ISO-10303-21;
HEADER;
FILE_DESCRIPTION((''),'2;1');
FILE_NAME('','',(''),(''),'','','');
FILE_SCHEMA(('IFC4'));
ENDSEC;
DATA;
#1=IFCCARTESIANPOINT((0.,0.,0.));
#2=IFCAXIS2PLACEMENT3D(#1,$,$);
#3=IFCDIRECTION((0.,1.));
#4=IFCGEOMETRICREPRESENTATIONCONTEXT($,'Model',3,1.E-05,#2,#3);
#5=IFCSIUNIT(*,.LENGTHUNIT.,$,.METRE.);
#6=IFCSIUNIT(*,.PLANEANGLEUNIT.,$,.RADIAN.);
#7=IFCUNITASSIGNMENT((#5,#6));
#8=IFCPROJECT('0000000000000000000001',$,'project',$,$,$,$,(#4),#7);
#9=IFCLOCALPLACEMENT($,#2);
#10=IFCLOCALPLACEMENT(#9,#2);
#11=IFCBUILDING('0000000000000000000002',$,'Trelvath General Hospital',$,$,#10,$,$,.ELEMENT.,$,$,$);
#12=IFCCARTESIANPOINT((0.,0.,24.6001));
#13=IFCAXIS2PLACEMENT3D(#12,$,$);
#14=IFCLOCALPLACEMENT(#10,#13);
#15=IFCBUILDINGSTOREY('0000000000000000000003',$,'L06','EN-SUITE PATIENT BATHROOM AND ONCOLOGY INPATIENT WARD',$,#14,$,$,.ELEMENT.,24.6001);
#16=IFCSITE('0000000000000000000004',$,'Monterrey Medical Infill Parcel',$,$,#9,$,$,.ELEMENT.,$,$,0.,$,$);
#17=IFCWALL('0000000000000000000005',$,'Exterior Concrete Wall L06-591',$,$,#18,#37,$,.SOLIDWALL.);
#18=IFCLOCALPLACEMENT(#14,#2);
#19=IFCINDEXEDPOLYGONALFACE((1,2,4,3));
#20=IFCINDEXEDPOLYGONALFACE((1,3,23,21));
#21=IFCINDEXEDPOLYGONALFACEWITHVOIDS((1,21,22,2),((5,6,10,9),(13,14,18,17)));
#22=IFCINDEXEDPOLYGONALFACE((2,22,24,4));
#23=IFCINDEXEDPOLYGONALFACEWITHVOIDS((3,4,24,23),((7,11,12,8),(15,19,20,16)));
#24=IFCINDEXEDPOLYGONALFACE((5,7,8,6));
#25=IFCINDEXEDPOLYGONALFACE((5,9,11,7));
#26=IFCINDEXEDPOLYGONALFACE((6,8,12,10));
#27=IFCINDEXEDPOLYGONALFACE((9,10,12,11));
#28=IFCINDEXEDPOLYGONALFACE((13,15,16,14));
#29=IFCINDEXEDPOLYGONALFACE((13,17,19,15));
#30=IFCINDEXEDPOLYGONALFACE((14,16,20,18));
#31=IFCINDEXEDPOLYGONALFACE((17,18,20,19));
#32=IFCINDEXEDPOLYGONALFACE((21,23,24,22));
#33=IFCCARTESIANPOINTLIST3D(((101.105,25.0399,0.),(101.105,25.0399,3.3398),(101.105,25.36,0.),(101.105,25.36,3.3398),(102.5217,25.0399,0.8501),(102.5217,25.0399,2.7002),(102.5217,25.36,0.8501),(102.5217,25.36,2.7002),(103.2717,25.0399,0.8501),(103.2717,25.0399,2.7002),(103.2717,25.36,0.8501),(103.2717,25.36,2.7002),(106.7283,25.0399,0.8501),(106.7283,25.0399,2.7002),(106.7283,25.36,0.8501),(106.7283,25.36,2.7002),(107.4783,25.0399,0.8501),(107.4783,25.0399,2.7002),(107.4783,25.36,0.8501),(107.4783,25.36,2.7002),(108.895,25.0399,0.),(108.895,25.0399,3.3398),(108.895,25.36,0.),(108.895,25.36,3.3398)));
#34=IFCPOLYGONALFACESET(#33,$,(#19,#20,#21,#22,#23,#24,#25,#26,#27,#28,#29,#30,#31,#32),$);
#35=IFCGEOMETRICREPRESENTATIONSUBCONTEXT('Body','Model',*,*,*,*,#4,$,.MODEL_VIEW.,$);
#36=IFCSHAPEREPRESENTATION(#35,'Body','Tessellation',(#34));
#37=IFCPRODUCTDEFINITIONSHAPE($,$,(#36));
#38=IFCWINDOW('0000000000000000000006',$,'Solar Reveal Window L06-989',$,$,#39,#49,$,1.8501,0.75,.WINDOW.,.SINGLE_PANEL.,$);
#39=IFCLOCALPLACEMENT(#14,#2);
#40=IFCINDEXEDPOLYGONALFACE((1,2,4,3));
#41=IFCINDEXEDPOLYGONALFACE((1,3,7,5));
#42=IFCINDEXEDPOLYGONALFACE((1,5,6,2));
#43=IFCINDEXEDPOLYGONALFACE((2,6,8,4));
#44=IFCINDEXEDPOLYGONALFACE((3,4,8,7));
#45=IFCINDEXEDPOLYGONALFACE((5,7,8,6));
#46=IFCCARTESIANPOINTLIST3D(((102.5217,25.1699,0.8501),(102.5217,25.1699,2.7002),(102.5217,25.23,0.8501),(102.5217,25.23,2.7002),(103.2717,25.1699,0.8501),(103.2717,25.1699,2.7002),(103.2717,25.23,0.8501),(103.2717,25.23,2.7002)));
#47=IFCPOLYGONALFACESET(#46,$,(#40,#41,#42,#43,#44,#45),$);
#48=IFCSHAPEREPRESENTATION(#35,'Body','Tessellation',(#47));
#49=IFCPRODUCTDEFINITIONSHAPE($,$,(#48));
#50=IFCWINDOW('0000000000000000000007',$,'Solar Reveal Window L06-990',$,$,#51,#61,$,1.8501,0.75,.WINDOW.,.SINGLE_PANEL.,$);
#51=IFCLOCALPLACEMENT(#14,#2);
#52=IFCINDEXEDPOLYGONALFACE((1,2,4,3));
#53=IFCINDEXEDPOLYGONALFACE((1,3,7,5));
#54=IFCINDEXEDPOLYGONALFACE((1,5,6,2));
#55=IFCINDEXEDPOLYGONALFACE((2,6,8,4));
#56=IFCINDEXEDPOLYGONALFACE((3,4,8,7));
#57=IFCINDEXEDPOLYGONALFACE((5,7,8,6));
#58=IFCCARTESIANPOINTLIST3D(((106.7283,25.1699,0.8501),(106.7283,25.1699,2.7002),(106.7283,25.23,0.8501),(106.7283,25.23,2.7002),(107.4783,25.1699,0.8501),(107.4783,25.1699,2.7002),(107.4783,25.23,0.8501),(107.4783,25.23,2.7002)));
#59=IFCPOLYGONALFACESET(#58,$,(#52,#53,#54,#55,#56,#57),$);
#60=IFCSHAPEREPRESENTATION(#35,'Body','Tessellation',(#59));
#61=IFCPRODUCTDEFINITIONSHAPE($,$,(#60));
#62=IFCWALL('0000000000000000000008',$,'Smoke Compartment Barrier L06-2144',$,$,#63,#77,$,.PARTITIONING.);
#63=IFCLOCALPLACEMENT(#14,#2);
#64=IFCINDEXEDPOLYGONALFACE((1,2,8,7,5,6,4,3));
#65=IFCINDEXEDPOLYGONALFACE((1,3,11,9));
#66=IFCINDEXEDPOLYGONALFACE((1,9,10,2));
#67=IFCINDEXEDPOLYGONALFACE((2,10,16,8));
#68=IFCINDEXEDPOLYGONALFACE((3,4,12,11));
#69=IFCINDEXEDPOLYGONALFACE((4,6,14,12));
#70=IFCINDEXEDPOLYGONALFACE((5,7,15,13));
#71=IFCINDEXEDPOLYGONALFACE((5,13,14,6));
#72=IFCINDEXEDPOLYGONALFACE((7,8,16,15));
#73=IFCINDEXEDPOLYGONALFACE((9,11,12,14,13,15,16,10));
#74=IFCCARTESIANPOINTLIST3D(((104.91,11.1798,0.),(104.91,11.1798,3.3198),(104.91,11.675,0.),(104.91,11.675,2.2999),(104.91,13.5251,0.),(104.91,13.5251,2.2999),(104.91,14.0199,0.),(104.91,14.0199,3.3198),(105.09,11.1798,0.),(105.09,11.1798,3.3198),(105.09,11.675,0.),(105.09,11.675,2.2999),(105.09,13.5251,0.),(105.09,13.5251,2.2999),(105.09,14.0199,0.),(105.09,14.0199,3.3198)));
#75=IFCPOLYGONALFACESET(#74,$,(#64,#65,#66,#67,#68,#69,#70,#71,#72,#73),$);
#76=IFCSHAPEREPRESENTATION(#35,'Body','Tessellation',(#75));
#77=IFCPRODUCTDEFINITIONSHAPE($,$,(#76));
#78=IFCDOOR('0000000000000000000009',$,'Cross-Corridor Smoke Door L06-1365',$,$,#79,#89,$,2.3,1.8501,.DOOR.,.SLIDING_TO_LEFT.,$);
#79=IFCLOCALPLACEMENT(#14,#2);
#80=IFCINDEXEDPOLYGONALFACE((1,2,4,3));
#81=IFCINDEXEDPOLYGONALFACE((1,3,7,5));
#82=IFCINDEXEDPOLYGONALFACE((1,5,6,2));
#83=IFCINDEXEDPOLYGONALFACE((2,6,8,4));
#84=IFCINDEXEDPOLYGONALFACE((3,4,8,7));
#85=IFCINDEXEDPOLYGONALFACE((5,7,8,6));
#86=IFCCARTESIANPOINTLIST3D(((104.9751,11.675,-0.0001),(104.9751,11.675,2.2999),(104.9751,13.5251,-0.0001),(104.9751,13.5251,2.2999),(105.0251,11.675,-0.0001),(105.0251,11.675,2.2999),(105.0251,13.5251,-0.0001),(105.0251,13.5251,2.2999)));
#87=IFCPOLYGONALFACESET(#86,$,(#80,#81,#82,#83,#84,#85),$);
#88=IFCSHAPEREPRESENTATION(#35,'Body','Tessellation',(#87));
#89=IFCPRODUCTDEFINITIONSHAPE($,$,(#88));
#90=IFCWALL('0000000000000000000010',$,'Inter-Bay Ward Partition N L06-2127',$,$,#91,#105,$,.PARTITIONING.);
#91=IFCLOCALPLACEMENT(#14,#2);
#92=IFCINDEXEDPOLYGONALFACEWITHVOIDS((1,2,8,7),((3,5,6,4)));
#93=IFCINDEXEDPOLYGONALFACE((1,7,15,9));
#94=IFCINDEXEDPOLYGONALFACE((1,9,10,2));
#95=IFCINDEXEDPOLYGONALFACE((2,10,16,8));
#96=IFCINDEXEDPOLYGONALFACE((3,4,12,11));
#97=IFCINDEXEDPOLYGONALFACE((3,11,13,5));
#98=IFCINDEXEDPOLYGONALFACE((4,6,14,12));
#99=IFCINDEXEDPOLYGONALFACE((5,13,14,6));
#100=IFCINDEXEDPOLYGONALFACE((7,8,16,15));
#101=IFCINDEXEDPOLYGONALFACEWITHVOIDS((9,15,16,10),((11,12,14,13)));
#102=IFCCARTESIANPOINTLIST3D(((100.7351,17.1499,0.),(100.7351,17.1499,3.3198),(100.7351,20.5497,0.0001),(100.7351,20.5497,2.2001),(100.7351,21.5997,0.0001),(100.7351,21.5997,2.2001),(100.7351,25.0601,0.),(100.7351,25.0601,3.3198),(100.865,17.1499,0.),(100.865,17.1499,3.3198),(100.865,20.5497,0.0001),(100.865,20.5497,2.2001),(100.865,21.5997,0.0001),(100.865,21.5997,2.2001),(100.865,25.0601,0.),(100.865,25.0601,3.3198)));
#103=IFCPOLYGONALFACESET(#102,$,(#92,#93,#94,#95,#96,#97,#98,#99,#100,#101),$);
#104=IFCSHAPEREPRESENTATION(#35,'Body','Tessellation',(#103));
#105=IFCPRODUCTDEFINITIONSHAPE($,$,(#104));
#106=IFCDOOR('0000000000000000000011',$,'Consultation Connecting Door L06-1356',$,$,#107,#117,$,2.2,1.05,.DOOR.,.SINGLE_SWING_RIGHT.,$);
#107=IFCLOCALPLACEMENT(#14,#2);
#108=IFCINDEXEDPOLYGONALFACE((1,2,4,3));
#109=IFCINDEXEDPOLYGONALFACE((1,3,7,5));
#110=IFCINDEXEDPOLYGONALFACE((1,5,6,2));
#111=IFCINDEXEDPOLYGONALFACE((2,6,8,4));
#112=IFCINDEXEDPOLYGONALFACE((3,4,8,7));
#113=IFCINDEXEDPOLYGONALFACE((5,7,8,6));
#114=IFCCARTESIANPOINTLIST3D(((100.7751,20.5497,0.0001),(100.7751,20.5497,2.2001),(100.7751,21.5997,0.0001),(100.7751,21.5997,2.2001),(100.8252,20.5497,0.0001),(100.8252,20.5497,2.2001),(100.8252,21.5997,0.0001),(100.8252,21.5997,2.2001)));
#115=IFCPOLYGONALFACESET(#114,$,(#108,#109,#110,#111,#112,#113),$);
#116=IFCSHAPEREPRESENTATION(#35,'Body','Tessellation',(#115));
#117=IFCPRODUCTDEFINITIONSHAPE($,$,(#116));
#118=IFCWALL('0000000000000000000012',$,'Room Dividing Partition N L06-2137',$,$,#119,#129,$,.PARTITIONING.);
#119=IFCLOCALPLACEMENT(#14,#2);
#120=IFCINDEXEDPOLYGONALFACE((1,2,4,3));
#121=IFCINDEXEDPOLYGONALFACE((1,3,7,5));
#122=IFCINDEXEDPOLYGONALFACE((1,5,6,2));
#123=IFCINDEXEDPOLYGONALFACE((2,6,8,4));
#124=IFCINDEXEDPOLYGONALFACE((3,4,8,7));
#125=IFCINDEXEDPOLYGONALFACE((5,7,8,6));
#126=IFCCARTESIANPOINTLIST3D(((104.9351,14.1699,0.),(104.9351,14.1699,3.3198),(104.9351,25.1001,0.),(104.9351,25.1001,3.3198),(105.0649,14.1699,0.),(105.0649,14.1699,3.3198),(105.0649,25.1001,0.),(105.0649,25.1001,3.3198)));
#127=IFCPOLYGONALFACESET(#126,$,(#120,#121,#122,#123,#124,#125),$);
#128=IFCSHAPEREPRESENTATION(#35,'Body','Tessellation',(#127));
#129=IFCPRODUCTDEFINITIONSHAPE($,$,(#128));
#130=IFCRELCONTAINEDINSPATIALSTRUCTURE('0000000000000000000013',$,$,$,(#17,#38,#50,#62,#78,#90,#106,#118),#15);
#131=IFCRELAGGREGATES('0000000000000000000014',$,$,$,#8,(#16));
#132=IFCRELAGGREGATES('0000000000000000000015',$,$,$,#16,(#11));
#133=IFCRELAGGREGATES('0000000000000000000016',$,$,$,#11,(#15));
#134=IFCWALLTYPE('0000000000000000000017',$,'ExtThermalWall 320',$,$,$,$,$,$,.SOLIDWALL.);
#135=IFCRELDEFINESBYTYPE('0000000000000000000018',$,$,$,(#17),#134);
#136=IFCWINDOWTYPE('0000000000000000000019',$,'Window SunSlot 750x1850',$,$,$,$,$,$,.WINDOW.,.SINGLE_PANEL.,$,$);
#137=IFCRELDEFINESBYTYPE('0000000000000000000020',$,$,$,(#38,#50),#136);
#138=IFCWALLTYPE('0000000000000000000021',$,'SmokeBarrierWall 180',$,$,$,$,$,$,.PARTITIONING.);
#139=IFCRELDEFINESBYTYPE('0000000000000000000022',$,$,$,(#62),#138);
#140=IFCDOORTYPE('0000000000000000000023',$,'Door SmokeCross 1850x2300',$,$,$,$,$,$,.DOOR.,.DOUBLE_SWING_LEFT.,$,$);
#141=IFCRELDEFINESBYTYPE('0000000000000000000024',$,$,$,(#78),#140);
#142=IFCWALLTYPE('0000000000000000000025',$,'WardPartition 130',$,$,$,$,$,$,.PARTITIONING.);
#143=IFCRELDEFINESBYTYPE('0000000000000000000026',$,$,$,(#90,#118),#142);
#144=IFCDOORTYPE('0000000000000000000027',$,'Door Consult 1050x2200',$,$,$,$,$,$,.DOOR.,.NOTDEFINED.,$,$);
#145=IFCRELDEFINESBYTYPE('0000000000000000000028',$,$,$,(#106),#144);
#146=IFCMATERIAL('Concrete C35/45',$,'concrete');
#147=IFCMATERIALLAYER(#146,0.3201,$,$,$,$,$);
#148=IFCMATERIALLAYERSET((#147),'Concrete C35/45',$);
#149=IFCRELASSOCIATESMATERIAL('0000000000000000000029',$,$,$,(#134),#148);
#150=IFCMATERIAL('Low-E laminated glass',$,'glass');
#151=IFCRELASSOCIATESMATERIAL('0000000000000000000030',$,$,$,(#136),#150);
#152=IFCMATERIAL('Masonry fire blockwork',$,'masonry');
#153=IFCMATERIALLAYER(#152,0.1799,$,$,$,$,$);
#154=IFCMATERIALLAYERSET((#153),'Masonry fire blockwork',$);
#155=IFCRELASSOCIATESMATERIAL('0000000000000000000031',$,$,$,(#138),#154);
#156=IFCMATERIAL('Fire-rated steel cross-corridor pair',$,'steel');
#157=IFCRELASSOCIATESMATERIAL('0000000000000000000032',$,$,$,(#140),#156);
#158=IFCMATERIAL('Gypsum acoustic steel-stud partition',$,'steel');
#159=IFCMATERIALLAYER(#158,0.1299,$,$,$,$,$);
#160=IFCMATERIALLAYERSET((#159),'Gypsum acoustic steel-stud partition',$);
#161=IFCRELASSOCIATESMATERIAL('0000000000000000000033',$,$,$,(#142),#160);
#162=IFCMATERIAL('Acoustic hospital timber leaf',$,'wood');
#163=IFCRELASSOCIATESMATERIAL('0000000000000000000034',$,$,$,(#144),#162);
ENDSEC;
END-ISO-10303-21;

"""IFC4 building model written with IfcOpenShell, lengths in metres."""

from ifc_helpers import new_model, si_unit, direction, frame, frame_2d, origin, place, context, subcontext, project, spatial, rectangle, extrude, material, layer, layer_set, type_object, element, fill, save


model = new_model("IFC4")

# Units and contexts
model_context = context("Model", 3, precision=1e-05, world=origin(), true_north=direction((0.0, 1.0)))
body_context = subcontext(model_context, "Body", "Model", "MODEL_VIEW")
ifc_project = project(units=[si_unit("LENGTHUNIT", "METRE"), si_unit("PLANEANGLEUNIT", "RADIAN")], contexts=[model_context])

# Site, building, storey
site_placement = place(None, origin())
site = spatial("IfcSite", under=ifc_project, at=site_placement, Name="Monterrey Medical Infill Parcel", CompositionType="ELEMENT", RefElevation=0.0)
building_placement = place(site_placement, origin())
building = spatial("IfcBuilding", under=site, at=building_placement, Name="Trelvath General Hospital", CompositionType="ELEMENT")
storey_placement = place(building_placement, frame((0.0, 0.0, 24.6001)))
storey = spatial("IfcBuildingStorey", under=building, at=storey_placement, Name="L06", Description="EN-SUITE PATIENT BATHROOM AND ONCOLOGY INPATIENT WARD", CompositionType="ELEMENT", Elevation=24.6001)

# Wall, openings, windows
ifc_material_1 = material(Name="Concrete C35/45", Category="concrete")
ifc_layer_1 = layer(ifc_material_1, 0.3201)
ifc_layer_set_1 = layer_set([ifc_layer_1], Name="Concrete C35/45")
wall_type_1 = type_object("IfcWallType", Name="ExtThermalWall 320", PredefinedType="SOLIDWALL", material=ifc_layer_set_1)
wall_1_placement = place(storey_placement, frame((101.105, 25.2, 0.0), z_axis=(0.0, 0.0, 1.0), x_axis=(1.0, 0.0, 0.0)))
wall_1 = element("IfcWall", 1, at=wall_1_placement, inside=storey, type_object=wall_type_1, Name="Exterior Concrete Wall L06-591", PredefinedType="SOLIDWALL", context=body_context, shape_type="SweptSolid", body=[
    extrude(rectangle(XDim=7.79, YDim=0.3201, at=frame_2d((3.895, 0.0))), origin(), (0.0, 0.0, 1.0), 3.3398),
])
opening_1_placement = place(wall_1_placement, frame((1.4167, 0.0, 0.8501)))
opening_1 = element("IfcOpeningElement", 2, at=opening_1_placement, cuts=wall_1, PredefinedType="OPENING", context=body_context, shape_type="SweptSolid", body=[
    extrude(rectangle(XDim=0.75, YDim=1.8501, at=frame_2d((0.375, 0.925))), frame((0.0, 0.1699, 0.0), z_axis=(0.0, -1.0, 0.0), x_axis=(1.0, 0.0, 0.0)), (0.0, 0.0, 1.0), 0.3401),
])
opening_2_placement = place(wall_1_placement, frame((5.6233, 0.0, 0.8501)))
opening_2 = element("IfcOpeningElement", 3, at=opening_2_placement, cuts=wall_1, PredefinedType="OPENING", context=body_context, shape_type="SweptSolid", body=[
    extrude(rectangle(XDim=0.75, YDim=1.8501, at=frame_2d((0.375, 0.925))), frame((0.0, 0.1699, 0.0), z_axis=(0.0, -1.0, 0.0), x_axis=(1.0, 0.0, 0.0)), (0.0, 0.0, 1.0), 0.3401),
])
ifc_material_2 = material(Name="Low-E laminated glass", Category="glass")
window_type = type_object("IfcWindowType", Name="Window SunSlot 750x1850", PartitioningType="SINGLE_PANEL", PredefinedType="WINDOW", material=ifc_material_2)
window_1_placement = place(opening_1_placement, origin())
window_1 = element("IfcWindow", 4, at=window_1_placement, inside=storey, type_object=window_type, Name="Solar Reveal Window L06-989", OverallHeight=1.8501, OverallWidth=0.75, PartitioningType="SINGLE_PANEL", PredefinedType="WINDOW", context=body_context, shape_type="SweptSolid", body=[
    extrude(rectangle(XDim=0.75, YDim=1.8501, at=frame_2d((0.375, 0.925))), frame((0.0, 0.03, 0.0), z_axis=(0.0, -1.0, 0.0), x_axis=(1.0, 0.0, 0.0)), (0.0, 0.0, 1.0), 0.0601),
])
fill(opening_1, window_1)
window_2_placement = place(opening_2_placement, origin())
window_2 = element("IfcWindow", 5, at=window_2_placement, inside=storey, type_object=window_type, Name="Solar Reveal Window L06-990", OverallHeight=1.8501, OverallWidth=0.75, PartitioningType="SINGLE_PANEL", PredefinedType="WINDOW", context=body_context, shape_type="SweptSolid", body=[
    extrude(rectangle(XDim=0.75, YDim=1.8501, at=frame_2d((0.375, 0.925))), frame((0.0, 0.03, 0.0), z_axis=(0.0, -1.0, 0.0), x_axis=(1.0, 0.0, 0.0)), (0.0, 0.0, 1.0), 0.0601),
])
fill(opening_2, window_2)

# Walls, openings, doors
ifc_material_3 = material(Name="Masonry fire blockwork", Category="masonry")
ifc_layer_2 = layer(ifc_material_3, 0.1799)
ifc_layer_set_2 = layer_set([ifc_layer_2], Name="Masonry fire blockwork")
wall_type_2 = type_object("IfcWallType", Name="SmokeBarrierWall 180", PredefinedType="PARTITIONING", material=ifc_layer_set_2)
wall_2_placement = place(storey_placement, frame((105.0, 11.1799, 0.0), z_axis=(0.0, 0.0, 1.0), x_axis=(0.0, 1.0, 0.0)))
wall_2 = element("IfcWall", 6, at=wall_2_placement, inside=storey, type_object=wall_type_2, Name="Smoke Compartment Barrier L06-2144", PredefinedType="PARTITIONING", context=body_context, shape_type="SweptSolid", body=[
    extrude(rectangle(XDim=2.8401, YDim=0.1799, at=frame_2d((1.4199, 0.0))), origin(), (0.0, 0.0, 1.0), 3.3198),
])
opening_3_placement = place(wall_2_placement, frame((0.4951, 0.0, 0.0)))
opening_3 = element("IfcOpeningElement", 7, at=opening_3_placement, cuts=wall_2, PredefinedType="OPENING", context=body_context, shape_type="SweptSolid", body=[
    extrude(rectangle(XDim=1.8501, YDim=2.3, at=frame_2d((0.925, 1.1499))), frame((0.0, 0.0999, 0.0), z_axis=(0.0, -1.0, 0.0), x_axis=(1.0, 0.0, 0.0)), (0.0, 0.0, 1.0), 0.2),
])
ifc_material_4 = material(Name="Fire-rated steel cross-corridor pair", Category="steel")
door_type_1 = type_object("IfcDoorType", Name="Door SmokeCross 1850x2300", OperationType="DOUBLE_SWING_LEFT", PredefinedType="DOOR", material=ifc_material_4)
door_1_placement = place(opening_3_placement, origin())
door_1 = element("IfcDoor", 8, at=door_1_placement, inside=storey, type_object=door_type_1, Name="Cross-Corridor Smoke Door L06-1365", OperationType="SLIDING_TO_LEFT", OverallHeight=2.3, OverallWidth=1.8501, PredefinedType="DOOR", context=body_context, shape_type="SweptSolid", body=[
    extrude(rectangle(XDim=1.8501, YDim=2.3, at=frame_2d((0.925, 1.1499))), frame((0.0, 0.0249, 0.0), z_axis=(0.0, -1.0, 0.0), x_axis=(1.0, 0.0, 0.0)), (0.0, 0.0, 1.0), 0.05),
])
fill(opening_3, door_1)
ifc_material_5 = material(Name="Gypsum acoustic steel-stud partition", Category="steel")
ifc_layer_3 = layer(ifc_material_5, 0.1299)
ifc_layer_set_3 = layer_set([ifc_layer_3], Name="Gypsum acoustic steel-stud partition")
wall_type_3 = type_object("IfcWallType", Name="WardPartition 130", PredefinedType="PARTITIONING", material=ifc_layer_set_3)
wall_3_placement = place(storey_placement, frame((100.8, 17.1499, 0.0), z_axis=(0.0, 0.0, 1.0), x_axis=(0.0, 1.0, 0.0)))
wall_3 = element("IfcWall", 9, at=wall_3_placement, inside=storey, type_object=wall_type_3, Name="Inter-Bay Ward Partition N L06-2127", PredefinedType="PARTITIONING", context=body_context, shape_type="SweptSolid", body=[
    extrude(rectangle(XDim=7.9102, YDim=0.1299, at=frame_2d((3.9551, 0.0))), origin(), (0.0, 0.0, 1.0), 3.3198),
])
opening_4_placement = place(wall_3_placement, frame((3.3999, 0.0, 0.0)))
opening_4 = element("IfcOpeningElement", 10, at=opening_4_placement, cuts=wall_3, PredefinedType="OPENING", context=body_context, shape_type="SweptSolid", body=[
    extrude(rectangle(XDim=1.05, YDim=2.2, at=frame_2d((0.5249, 1.1001))), frame((0.0, 0.075, 0.0), z_axis=(0.0, -1.0, 0.0), x_axis=(1.0, 0.0, 0.0)), (0.0, 0.0, 1.0), 0.1499),
])
ifc_material_6 = material(Name="Acoustic hospital timber leaf", Category="wood")
door_type_2 = type_object("IfcDoorType", Name="Door Consult 1050x2200", OperationType="NOTDEFINED", PredefinedType="DOOR", material=ifc_material_6)
door_2_placement = place(opening_4_placement, origin())
door_2 = element("IfcDoor", 11, at=door_2_placement, inside=storey, type_object=door_type_2, Name="Consultation Connecting Door L06-1356", OperationType="SINGLE_SWING_RIGHT", OverallHeight=2.2, OverallWidth=1.05, PredefinedType="DOOR", context=body_context, shape_type="SweptSolid", body=[
    extrude(rectangle(XDim=1.05, YDim=2.2, at=frame_2d((0.5249, 1.1001))), frame((0.0, 0.0249, 0.0), z_axis=(0.0, -1.0, 0.0), x_axis=(1.0, 0.0, 0.0)), (0.0, 0.0, 1.0), 0.05),
])
fill(opening_4, door_2)

# Wall
wall_4_placement = place(storey_placement, frame((105.0, 14.1699, 0.0), z_axis=(0.0, 0.0, 1.0), x_axis=(0.0, 1.0, 0.0)))
element("IfcWall", 12, at=wall_4_placement, inside=storey, type_object=wall_type_3, Name="Room Dividing Partition N L06-2137", PredefinedType="PARTITIONING", context=body_context, shape_type="SweptSolid", body=[
    extrude(rectangle(XDim=10.9302, YDim=0.1299, at=frame_2d((5.4651, 0.0))), origin(), (0.0, 0.0, 1.0), 3.3198),
])

save(model, "model.ifc")
